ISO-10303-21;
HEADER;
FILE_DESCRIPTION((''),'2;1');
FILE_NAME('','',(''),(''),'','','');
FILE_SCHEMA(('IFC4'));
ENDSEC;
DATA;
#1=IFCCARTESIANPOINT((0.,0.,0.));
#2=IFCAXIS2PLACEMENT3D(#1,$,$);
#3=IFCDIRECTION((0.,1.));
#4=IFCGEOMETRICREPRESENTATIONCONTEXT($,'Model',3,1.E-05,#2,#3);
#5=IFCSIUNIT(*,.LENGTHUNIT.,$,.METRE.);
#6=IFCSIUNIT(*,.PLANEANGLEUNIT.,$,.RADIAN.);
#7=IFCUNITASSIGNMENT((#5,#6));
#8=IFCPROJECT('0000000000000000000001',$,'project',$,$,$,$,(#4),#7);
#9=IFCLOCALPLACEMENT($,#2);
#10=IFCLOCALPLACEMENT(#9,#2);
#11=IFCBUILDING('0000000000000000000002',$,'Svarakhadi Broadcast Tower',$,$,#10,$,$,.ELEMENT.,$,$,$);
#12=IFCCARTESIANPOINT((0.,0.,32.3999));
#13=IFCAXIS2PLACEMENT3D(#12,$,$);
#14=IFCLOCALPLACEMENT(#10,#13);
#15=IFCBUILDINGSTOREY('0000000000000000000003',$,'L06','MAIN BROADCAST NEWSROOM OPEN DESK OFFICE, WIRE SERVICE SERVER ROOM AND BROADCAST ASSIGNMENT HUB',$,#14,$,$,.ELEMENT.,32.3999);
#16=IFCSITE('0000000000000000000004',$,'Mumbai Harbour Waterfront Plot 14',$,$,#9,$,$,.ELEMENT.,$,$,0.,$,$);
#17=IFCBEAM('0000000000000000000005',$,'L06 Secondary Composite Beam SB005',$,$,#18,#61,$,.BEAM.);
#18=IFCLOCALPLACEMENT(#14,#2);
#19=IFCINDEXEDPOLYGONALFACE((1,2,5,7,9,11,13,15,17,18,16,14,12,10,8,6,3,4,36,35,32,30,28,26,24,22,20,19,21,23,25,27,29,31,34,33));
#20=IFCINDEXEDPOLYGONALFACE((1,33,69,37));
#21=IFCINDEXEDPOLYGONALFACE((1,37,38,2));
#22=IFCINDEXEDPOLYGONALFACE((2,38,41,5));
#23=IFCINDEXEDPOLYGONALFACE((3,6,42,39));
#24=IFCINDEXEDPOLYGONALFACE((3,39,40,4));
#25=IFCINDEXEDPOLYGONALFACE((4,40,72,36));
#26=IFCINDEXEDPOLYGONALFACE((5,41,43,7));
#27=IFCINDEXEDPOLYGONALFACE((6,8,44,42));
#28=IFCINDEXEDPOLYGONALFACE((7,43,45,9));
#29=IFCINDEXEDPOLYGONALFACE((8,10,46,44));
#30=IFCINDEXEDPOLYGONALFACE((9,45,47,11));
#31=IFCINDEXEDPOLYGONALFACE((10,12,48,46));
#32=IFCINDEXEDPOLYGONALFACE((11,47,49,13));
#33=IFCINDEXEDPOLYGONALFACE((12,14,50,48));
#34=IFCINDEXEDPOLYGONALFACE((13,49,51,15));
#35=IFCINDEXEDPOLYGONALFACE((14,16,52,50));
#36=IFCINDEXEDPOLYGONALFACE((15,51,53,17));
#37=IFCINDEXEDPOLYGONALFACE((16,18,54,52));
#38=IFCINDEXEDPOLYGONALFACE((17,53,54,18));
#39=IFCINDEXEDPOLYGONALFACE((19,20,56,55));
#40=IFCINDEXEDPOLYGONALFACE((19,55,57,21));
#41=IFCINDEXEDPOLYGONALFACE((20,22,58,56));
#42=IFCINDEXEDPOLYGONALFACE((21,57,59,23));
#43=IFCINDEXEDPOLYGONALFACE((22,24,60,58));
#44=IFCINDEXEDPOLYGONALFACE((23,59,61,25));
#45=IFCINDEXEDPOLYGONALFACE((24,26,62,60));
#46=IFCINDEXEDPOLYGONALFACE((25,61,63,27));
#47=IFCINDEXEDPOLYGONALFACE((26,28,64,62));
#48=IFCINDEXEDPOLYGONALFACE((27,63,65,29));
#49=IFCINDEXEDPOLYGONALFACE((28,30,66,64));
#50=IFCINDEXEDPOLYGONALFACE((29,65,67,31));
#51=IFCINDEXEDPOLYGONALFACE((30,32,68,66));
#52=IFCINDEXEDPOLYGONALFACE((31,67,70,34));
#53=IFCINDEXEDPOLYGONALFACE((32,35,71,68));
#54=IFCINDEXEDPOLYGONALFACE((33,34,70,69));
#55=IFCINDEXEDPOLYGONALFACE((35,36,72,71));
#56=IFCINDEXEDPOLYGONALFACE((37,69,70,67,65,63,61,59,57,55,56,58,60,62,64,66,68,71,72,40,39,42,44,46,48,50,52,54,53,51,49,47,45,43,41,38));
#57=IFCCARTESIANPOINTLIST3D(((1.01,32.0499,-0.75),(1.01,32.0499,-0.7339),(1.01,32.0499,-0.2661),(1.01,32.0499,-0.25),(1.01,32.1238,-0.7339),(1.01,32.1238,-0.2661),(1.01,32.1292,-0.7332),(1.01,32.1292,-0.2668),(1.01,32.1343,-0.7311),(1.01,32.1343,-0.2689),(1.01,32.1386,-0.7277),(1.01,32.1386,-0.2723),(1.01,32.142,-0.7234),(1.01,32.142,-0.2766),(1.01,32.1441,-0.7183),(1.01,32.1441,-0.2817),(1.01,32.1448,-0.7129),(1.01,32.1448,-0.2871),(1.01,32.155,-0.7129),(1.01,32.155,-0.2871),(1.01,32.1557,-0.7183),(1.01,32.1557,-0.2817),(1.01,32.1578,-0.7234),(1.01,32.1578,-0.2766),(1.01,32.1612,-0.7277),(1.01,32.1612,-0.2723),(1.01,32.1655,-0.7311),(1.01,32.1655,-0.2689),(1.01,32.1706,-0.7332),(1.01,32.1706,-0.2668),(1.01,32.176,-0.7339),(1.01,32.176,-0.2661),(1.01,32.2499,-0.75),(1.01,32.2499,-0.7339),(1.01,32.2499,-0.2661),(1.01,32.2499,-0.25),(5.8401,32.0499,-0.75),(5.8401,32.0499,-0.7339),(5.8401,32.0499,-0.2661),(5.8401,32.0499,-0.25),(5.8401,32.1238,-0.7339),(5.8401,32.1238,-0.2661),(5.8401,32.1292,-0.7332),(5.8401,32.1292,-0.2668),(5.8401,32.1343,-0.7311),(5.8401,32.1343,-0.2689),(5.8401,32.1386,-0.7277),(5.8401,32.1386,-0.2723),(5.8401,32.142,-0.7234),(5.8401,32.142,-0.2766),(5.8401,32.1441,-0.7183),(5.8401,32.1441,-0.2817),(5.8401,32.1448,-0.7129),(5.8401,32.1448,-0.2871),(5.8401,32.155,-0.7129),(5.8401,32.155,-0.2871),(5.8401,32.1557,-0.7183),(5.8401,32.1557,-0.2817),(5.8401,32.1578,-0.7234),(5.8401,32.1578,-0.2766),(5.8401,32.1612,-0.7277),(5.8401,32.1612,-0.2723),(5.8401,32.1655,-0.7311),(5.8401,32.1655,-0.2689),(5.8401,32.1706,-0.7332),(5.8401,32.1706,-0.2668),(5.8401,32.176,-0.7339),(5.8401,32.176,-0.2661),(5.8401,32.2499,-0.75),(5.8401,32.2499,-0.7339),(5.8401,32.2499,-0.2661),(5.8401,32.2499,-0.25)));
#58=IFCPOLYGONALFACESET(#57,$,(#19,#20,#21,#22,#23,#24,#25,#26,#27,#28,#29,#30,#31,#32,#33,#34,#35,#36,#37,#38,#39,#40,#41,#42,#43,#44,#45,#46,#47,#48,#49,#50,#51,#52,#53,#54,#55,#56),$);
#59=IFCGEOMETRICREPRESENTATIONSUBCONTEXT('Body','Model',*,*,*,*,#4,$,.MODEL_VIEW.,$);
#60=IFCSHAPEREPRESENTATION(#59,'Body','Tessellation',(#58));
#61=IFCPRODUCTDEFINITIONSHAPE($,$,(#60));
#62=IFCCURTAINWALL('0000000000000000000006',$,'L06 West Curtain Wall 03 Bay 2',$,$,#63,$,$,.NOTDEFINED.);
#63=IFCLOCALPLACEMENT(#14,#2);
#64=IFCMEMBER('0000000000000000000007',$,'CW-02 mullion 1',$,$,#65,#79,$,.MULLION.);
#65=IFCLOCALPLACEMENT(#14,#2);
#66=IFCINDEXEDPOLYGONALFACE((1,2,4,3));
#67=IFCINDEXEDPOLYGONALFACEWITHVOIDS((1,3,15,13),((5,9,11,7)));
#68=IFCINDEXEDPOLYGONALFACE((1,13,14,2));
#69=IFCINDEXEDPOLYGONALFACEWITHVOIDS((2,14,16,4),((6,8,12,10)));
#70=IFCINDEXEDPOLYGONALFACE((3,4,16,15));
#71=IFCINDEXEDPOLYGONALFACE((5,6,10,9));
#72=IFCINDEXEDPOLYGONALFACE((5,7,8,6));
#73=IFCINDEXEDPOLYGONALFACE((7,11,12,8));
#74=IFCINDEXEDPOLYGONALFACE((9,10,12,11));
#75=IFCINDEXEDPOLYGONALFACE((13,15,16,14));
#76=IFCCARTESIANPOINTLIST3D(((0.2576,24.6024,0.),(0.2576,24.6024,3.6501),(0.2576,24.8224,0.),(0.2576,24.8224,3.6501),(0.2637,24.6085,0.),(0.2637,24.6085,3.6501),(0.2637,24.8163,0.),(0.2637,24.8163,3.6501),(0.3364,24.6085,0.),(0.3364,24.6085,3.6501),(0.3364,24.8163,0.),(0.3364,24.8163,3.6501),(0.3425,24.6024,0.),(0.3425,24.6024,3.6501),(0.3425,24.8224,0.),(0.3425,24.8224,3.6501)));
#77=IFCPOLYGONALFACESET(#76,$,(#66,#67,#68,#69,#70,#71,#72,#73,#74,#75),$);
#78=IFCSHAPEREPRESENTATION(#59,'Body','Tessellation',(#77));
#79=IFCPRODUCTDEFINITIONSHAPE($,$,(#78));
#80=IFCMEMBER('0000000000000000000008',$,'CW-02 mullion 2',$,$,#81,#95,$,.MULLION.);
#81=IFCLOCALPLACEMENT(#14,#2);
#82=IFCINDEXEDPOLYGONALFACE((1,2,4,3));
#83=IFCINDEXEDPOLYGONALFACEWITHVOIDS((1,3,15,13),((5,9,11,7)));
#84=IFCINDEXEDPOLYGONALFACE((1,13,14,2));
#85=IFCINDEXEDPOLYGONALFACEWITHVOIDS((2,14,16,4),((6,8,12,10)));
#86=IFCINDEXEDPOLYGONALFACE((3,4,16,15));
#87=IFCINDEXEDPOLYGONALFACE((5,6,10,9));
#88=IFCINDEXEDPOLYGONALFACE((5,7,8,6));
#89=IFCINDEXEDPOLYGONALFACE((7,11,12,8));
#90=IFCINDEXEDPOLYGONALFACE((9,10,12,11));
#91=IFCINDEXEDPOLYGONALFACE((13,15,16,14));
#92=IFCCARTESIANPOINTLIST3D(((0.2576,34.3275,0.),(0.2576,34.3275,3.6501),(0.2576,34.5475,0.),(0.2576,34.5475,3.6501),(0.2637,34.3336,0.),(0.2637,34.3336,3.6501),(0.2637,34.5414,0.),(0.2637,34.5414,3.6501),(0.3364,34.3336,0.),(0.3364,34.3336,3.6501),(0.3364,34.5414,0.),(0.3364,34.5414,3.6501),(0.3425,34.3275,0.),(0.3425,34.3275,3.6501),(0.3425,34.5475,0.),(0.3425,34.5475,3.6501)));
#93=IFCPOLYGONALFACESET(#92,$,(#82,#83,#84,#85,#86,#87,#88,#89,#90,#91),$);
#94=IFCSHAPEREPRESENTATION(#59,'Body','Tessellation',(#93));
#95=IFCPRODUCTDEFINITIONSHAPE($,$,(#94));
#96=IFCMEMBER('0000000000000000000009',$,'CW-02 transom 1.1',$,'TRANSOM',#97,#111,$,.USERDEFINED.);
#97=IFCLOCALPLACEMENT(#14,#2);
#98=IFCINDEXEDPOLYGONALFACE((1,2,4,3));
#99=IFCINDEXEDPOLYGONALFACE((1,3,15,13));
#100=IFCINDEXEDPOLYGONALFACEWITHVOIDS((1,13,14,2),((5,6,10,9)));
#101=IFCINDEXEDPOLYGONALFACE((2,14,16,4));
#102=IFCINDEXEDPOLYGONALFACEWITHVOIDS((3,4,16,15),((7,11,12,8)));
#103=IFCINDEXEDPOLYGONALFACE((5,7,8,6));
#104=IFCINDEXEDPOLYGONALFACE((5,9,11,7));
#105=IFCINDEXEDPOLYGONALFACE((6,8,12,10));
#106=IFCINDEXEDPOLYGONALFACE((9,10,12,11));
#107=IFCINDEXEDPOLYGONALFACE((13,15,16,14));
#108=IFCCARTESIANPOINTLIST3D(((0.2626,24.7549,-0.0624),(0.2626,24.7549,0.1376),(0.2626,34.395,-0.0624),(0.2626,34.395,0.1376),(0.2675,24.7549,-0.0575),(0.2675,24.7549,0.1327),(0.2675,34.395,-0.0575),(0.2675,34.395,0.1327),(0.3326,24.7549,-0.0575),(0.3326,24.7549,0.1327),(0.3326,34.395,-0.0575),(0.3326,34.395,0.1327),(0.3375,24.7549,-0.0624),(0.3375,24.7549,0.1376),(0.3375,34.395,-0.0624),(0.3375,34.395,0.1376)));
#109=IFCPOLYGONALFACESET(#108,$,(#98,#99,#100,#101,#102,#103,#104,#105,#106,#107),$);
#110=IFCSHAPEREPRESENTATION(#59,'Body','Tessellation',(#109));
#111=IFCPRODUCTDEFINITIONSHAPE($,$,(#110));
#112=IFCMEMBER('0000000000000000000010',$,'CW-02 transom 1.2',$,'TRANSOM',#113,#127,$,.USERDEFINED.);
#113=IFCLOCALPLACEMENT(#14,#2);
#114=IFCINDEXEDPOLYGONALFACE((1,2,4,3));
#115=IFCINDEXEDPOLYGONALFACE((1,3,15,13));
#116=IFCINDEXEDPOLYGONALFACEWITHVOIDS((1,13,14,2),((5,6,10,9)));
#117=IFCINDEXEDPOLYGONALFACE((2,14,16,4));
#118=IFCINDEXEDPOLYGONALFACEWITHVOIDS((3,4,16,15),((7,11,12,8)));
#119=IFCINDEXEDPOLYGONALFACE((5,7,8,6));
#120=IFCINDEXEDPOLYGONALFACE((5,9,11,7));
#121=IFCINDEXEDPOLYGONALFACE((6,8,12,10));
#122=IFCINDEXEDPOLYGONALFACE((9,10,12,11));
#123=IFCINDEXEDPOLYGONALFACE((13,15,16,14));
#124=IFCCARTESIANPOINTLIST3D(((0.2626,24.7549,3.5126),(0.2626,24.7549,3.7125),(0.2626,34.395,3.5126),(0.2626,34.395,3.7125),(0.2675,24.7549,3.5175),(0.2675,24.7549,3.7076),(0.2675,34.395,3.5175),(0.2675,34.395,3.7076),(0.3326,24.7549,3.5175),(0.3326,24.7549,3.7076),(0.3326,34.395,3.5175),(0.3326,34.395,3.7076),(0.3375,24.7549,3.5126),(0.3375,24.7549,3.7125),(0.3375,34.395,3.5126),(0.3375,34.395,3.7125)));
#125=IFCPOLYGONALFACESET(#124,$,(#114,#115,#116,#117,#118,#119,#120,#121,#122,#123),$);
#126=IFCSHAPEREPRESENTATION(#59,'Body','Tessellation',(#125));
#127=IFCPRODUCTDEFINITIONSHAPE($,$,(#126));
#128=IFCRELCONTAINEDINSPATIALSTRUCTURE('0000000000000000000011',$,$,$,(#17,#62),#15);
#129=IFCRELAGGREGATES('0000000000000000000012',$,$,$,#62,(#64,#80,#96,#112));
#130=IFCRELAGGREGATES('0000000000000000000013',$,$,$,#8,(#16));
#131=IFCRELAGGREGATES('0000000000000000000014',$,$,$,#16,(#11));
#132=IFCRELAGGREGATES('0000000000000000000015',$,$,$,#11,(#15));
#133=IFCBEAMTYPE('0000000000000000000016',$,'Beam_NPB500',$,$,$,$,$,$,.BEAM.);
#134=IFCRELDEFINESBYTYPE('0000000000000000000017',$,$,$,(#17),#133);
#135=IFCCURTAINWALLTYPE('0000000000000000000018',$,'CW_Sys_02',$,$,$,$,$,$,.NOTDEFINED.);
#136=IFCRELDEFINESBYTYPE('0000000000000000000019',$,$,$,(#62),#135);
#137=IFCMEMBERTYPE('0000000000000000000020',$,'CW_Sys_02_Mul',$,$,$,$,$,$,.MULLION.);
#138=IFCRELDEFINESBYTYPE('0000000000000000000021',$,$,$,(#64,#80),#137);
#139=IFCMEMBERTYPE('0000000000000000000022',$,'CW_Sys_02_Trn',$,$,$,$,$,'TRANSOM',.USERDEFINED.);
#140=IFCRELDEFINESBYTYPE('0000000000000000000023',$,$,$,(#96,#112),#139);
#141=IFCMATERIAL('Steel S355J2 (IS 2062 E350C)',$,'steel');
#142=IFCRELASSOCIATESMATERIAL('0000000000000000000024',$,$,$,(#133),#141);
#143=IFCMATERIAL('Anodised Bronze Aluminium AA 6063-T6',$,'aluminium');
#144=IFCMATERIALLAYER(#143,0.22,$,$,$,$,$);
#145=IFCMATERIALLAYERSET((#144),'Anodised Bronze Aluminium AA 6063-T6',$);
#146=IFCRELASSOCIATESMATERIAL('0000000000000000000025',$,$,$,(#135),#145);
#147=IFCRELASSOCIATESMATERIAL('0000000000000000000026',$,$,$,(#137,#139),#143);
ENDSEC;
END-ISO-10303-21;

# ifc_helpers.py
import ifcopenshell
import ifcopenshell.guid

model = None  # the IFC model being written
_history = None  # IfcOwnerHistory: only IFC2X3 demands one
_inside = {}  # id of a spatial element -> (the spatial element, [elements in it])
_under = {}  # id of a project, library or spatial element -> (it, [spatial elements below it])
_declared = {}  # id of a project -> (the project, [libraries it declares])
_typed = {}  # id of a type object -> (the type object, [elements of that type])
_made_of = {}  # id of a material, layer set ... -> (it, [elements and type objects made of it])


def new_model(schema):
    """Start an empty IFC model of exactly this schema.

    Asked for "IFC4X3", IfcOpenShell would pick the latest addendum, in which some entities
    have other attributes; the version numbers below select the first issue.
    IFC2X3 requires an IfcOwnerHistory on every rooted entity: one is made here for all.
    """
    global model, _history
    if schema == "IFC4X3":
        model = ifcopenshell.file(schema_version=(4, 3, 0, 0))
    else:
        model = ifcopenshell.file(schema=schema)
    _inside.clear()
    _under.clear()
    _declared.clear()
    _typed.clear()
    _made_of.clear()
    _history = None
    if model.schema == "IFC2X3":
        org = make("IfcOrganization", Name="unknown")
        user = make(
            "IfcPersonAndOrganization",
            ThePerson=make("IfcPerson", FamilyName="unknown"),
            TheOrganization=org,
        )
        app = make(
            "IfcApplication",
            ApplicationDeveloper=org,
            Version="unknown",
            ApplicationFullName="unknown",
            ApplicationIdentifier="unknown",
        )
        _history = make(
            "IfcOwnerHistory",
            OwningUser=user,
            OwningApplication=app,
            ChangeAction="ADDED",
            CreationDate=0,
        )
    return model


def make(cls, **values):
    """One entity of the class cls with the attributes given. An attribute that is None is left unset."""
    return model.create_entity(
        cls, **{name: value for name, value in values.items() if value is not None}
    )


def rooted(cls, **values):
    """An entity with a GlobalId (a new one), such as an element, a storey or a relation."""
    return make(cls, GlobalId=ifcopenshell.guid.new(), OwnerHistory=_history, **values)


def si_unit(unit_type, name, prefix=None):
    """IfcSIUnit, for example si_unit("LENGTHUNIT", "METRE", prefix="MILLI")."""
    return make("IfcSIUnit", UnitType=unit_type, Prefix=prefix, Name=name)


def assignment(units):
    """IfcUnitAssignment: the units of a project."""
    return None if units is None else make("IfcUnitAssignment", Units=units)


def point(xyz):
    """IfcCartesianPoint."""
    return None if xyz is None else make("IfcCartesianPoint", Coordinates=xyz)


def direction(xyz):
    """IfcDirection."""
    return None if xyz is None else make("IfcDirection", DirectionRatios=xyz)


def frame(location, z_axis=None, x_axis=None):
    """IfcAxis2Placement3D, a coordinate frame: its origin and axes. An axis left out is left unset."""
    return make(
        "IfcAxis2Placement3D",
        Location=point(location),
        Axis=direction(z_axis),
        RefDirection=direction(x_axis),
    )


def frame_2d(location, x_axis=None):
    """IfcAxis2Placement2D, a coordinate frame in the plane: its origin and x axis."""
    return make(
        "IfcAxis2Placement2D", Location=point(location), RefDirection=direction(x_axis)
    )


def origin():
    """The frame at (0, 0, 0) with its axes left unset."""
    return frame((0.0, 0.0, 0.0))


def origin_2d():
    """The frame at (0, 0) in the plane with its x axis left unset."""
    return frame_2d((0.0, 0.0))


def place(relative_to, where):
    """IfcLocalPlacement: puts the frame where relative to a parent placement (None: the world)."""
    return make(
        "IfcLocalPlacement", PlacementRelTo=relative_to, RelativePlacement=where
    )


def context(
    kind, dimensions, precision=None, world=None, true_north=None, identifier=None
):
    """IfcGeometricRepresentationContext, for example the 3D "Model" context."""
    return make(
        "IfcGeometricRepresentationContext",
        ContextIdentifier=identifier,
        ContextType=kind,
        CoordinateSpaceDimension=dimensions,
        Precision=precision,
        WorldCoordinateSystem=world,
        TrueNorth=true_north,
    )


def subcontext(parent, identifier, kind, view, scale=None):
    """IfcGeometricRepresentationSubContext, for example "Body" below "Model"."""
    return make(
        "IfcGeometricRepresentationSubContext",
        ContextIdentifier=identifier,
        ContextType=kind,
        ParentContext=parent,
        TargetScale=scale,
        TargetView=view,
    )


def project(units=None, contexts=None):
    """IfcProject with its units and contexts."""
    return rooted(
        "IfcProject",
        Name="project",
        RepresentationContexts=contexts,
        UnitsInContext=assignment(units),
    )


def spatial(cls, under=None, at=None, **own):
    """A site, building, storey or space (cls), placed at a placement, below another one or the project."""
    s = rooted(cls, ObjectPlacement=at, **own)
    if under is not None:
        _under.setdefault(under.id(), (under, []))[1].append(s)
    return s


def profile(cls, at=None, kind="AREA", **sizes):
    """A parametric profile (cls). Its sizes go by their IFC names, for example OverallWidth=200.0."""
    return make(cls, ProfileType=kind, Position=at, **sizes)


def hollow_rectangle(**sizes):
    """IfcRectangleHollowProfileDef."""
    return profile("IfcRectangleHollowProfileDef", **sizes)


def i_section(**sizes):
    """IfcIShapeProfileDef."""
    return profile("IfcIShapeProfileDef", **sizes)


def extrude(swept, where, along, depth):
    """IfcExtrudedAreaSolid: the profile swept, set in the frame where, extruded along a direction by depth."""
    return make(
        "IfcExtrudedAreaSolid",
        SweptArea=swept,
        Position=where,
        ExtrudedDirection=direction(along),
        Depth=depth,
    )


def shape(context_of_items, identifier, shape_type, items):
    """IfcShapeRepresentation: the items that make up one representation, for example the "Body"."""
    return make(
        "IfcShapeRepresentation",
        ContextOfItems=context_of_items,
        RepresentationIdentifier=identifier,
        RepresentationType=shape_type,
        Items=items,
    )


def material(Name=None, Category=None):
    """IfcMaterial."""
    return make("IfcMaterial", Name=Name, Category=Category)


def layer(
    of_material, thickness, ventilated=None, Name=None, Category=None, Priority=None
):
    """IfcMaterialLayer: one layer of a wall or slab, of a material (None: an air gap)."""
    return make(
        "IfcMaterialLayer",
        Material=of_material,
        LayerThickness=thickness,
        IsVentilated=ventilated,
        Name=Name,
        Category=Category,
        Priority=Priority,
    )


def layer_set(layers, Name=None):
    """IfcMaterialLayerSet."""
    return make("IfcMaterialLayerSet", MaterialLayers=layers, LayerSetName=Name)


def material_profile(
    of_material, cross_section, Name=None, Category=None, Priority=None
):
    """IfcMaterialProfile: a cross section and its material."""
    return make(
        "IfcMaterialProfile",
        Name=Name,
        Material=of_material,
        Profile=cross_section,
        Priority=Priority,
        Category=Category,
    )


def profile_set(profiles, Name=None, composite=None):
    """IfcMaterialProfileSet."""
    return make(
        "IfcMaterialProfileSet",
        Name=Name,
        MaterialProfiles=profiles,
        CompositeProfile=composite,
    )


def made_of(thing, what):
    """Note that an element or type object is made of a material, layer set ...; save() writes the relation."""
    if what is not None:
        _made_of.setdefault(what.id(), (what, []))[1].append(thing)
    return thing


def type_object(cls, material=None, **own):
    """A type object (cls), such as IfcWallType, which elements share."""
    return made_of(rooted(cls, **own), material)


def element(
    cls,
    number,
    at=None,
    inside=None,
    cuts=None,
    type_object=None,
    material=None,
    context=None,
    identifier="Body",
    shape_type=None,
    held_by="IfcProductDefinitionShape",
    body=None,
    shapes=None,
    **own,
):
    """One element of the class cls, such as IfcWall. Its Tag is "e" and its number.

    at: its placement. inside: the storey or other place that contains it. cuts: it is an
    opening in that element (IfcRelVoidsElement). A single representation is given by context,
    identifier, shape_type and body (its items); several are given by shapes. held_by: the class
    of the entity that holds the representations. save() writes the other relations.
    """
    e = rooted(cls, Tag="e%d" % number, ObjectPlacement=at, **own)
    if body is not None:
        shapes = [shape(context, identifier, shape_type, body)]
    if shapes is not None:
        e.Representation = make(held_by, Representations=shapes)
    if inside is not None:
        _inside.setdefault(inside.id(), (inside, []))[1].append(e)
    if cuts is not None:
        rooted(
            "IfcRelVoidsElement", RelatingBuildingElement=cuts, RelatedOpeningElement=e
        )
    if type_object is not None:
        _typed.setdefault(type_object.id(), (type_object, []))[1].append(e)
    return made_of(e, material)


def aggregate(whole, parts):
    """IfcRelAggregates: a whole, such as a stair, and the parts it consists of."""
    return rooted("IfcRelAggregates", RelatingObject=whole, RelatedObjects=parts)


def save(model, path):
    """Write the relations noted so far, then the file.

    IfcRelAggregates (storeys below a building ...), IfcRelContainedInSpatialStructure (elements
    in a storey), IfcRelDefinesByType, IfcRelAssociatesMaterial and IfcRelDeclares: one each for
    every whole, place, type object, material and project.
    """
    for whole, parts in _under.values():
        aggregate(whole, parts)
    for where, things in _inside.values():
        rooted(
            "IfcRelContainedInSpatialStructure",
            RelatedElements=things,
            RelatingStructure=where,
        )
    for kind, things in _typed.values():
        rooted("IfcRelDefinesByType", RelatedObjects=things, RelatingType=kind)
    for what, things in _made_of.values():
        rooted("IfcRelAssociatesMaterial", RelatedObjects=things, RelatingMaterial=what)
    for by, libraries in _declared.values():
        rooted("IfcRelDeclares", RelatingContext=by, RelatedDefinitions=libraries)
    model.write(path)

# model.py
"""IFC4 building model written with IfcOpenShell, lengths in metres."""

from ifc_helpers import new_model, si_unit, direction, frame, origin, origin_2d, place, context, subcontext, project, spatial, hollow_rectangle, i_section, extrude, material, layer, layer_set, material_profile, profile_set, type_object, element, aggregate, save


model = new_model("IFC4")

# Units and contexts
model_context = context("Model", 3, precision=1e-05, world=origin(), true_north=direction((0.0, 1.0)))
body_context = subcontext(model_context, "Body", "Model", "MODEL_VIEW")
ifc_project = project(units=[si_unit("LENGTHUNIT", "METRE"), si_unit("PLANEANGLEUNIT", "RADIAN")], contexts=[model_context])

# Site, building, storey
site_placement = place(None, origin())
site = spatial("IfcSite", under=ifc_project, at=site_placement, Name="Mumbai Harbour Waterfront Plot 14", CompositionType="ELEMENT", RefElevation=0.0)
building_placement = place(site_placement, origin())
building = spatial("IfcBuilding", under=site, at=building_placement, Name="Svarakhadi Broadcast Tower", CompositionType="ELEMENT")
storey_placement = place(building_placement, frame((0.0, 0.0, 32.3999)))
storey = spatial("IfcBuildingStorey", under=building, at=storey_placement, Name="L06", Description="MAIN BROADCAST NEWSROOM OPEN DESK OFFICE, WIRE SERVICE SERVER ROOM AND BROADCAST ASSIGNMENT HUB", CompositionType="ELEMENT", Elevation=32.3999)

# Beam
ifc_material_1 = material(Name="Steel S355J2 (IS 2062 E350C)", Category="steel")
ifc_material_profile_1 = material_profile(ifc_material_1, i_section(OverallWidth=0.2, OverallDepth=0.5, WebThickness=0.0103, FlangeThickness=0.0161, FilletRadius=0.021, at=origin_2d()), Name="NPB 500x200x91")
ifc_profile_set_1 = profile_set([ifc_material_profile_1], Name="Steel S355J2 (IS 2062 E350C)")
beam_type_1 = type_object("IfcBeamType", Name="Beam_NPB500", PredefinedType="BEAM", material=ifc_profile_set_1)
for number, where, z_axis, x_axis, name in (
    (1, (1.01, 32.1499, -0.5), (1.0, 0.0, 0.0), (0.0, 1.0, 0.0), "L06 Secondary Composite Beam SB005"),
):
    element("IfcBeam", number, at=place(storey_placement, frame(where, z_axis=z_axis, x_axis=x_axis)), inside=storey, type_object=beam_type_1, Name=name, PredefinedType="BEAM", context=body_context, shape_type="SweptSolid", body=[
        extrude(i_section(OverallWidth=0.2, OverallDepth=0.5, WebThickness=0.0103, FlangeThickness=0.0161, FilletRadius=0.021, at=origin_2d()), origin(), (0.0, 0.0, 1.0), 4.8301),
    ])

# Curtain wall, members
ifc_material_2 = material(Name="Anodised Bronze Aluminium AA 6063-T6", Category="aluminium")
ifc_layer_1 = layer(ifc_material_2, 0.22)
ifc_layer_set_1 = layer_set([ifc_layer_1], Name="Anodised Bronze Aluminium AA 6063-T6")
curtain_wall_type = type_object("IfcCurtainWallType", Name="CW_Sys_02", PredefinedType="NOTDEFINED", material=ifc_layer_set_1)
curtain_wall_placement = place(storey_placement, origin())
curtain_wall = element("IfcCurtainWall", 2, at=curtain_wall_placement, inside=storey, type_object=curtain_wall_type, Name="L06 West Curtain Wall 03 Bay 2", PredefinedType="NOTDEFINED")
ifc_material_profile_2 = material_profile(ifc_material_2, hollow_rectangle(XDim=0.085, YDim=0.22, WallThickness=0.0061, at=origin_2d()), Name="ALU MULLION 220x85x6")
ifc_profile_set_2 = profile_set([ifc_material_profile_2], Name="Anodised Bronze Aluminium AA 6063-T6")
member_type_1 = type_object("IfcMemberType", Name="CW_Sys_02_Mul", PredefinedType="MULLION", material=ifc_profile_set_2)
member_1_placement = place(storey_placement, frame((0.3, 24.7124, 0.0), z_axis=(0.0, 0.0, 1.0), x_axis=(-1.0, 0.0, 0.0)))
member_1 = element("IfcMember", 3, at=member_1_placement, type_object=member_type_1, Name="CW-02 mullion 1", PredefinedType="MULLION", context=body_context, shape_type="SweptSolid", body=[
    extrude(hollow_rectangle(XDim=0.085, YDim=0.22, WallThickness=0.0061, at=origin_2d()), origin(), (0.0, 0.0, 1.0), 3.6501),
])
member_2_placement = place(storey_placement, frame((0.3, 34.4375, 0.0), z_axis=(0.0, 0.0, 1.0), x_axis=(-1.0, 0.0, 0.0)))
member_2 = element("IfcMember", 4, at=member_2_placement, type_object=member_type_1, Name="CW-02 mullion 2", PredefinedType="MULLION", context=body_context, shape_type="SweptSolid", body=[
    extrude(hollow_rectangle(XDim=0.085, YDim=0.22, WallThickness=0.0061, at=origin_2d()), origin(), (0.0, 0.0, 1.0), 3.6501),
])
ifc_material_profile_3 = material_profile(ifc_material_2, hollow_rectangle(XDim=0.075, YDim=0.2, WallThickness=0.0049, at=origin_2d()), Name="ALU TRANSOM 200x75x5")
ifc_profile_set_3 = profile_set([ifc_material_profile_3], Name="Anodised Bronze Aluminium AA 6063-T6")
member_type_2 = type_object("IfcMemberType", Name="CW_Sys_02_Trn", ElementType="TRANSOM", PredefinedType="USERDEFINED", material=ifc_profile_set_3)
member_3_placement = place(storey_placement, frame((0.3, 24.7549, 0.0376), z_axis=(0.0, 1.0, 0.0), x_axis=(-1.0, 0.0, 0.0)))
member_3 = element("IfcMember", 5, at=member_3_placement, type_object=member_type_2, Name="CW-02 transom 1.1", ObjectType="TRANSOM", PredefinedType="USERDEFINED", context=body_context, shape_type="SweptSolid", body=[
    extrude(hollow_rectangle(XDim=0.075, YDim=0.2, WallThickness=0.0049, at=origin_2d()), origin(), (0.0, 0.0, 1.0), 9.6401),
])
member_4_placement = place(storey_placement, frame((0.3, 24.7549, 3.6125), z_axis=(0.0, 1.0, 0.0), x_axis=(-1.0, 0.0, 0.0)))
member_4 = element("IfcMember", 6, at=member_4_placement, type_object=member_type_2, Name="CW-02 transom 1.2", ObjectType="TRANSOM", PredefinedType="USERDEFINED", context=body_context, shape_type="SweptSolid", body=[
    extrude(hollow_rectangle(XDim=0.075, YDim=0.2, WallThickness=0.0049, at=origin_2d()), origin(), (0.0, 0.0, 1.0), 9.6401),
])

aggregate(curtain_wall, [member_1, member_2, member_3, member_4])

save(model, "model.ifc")
